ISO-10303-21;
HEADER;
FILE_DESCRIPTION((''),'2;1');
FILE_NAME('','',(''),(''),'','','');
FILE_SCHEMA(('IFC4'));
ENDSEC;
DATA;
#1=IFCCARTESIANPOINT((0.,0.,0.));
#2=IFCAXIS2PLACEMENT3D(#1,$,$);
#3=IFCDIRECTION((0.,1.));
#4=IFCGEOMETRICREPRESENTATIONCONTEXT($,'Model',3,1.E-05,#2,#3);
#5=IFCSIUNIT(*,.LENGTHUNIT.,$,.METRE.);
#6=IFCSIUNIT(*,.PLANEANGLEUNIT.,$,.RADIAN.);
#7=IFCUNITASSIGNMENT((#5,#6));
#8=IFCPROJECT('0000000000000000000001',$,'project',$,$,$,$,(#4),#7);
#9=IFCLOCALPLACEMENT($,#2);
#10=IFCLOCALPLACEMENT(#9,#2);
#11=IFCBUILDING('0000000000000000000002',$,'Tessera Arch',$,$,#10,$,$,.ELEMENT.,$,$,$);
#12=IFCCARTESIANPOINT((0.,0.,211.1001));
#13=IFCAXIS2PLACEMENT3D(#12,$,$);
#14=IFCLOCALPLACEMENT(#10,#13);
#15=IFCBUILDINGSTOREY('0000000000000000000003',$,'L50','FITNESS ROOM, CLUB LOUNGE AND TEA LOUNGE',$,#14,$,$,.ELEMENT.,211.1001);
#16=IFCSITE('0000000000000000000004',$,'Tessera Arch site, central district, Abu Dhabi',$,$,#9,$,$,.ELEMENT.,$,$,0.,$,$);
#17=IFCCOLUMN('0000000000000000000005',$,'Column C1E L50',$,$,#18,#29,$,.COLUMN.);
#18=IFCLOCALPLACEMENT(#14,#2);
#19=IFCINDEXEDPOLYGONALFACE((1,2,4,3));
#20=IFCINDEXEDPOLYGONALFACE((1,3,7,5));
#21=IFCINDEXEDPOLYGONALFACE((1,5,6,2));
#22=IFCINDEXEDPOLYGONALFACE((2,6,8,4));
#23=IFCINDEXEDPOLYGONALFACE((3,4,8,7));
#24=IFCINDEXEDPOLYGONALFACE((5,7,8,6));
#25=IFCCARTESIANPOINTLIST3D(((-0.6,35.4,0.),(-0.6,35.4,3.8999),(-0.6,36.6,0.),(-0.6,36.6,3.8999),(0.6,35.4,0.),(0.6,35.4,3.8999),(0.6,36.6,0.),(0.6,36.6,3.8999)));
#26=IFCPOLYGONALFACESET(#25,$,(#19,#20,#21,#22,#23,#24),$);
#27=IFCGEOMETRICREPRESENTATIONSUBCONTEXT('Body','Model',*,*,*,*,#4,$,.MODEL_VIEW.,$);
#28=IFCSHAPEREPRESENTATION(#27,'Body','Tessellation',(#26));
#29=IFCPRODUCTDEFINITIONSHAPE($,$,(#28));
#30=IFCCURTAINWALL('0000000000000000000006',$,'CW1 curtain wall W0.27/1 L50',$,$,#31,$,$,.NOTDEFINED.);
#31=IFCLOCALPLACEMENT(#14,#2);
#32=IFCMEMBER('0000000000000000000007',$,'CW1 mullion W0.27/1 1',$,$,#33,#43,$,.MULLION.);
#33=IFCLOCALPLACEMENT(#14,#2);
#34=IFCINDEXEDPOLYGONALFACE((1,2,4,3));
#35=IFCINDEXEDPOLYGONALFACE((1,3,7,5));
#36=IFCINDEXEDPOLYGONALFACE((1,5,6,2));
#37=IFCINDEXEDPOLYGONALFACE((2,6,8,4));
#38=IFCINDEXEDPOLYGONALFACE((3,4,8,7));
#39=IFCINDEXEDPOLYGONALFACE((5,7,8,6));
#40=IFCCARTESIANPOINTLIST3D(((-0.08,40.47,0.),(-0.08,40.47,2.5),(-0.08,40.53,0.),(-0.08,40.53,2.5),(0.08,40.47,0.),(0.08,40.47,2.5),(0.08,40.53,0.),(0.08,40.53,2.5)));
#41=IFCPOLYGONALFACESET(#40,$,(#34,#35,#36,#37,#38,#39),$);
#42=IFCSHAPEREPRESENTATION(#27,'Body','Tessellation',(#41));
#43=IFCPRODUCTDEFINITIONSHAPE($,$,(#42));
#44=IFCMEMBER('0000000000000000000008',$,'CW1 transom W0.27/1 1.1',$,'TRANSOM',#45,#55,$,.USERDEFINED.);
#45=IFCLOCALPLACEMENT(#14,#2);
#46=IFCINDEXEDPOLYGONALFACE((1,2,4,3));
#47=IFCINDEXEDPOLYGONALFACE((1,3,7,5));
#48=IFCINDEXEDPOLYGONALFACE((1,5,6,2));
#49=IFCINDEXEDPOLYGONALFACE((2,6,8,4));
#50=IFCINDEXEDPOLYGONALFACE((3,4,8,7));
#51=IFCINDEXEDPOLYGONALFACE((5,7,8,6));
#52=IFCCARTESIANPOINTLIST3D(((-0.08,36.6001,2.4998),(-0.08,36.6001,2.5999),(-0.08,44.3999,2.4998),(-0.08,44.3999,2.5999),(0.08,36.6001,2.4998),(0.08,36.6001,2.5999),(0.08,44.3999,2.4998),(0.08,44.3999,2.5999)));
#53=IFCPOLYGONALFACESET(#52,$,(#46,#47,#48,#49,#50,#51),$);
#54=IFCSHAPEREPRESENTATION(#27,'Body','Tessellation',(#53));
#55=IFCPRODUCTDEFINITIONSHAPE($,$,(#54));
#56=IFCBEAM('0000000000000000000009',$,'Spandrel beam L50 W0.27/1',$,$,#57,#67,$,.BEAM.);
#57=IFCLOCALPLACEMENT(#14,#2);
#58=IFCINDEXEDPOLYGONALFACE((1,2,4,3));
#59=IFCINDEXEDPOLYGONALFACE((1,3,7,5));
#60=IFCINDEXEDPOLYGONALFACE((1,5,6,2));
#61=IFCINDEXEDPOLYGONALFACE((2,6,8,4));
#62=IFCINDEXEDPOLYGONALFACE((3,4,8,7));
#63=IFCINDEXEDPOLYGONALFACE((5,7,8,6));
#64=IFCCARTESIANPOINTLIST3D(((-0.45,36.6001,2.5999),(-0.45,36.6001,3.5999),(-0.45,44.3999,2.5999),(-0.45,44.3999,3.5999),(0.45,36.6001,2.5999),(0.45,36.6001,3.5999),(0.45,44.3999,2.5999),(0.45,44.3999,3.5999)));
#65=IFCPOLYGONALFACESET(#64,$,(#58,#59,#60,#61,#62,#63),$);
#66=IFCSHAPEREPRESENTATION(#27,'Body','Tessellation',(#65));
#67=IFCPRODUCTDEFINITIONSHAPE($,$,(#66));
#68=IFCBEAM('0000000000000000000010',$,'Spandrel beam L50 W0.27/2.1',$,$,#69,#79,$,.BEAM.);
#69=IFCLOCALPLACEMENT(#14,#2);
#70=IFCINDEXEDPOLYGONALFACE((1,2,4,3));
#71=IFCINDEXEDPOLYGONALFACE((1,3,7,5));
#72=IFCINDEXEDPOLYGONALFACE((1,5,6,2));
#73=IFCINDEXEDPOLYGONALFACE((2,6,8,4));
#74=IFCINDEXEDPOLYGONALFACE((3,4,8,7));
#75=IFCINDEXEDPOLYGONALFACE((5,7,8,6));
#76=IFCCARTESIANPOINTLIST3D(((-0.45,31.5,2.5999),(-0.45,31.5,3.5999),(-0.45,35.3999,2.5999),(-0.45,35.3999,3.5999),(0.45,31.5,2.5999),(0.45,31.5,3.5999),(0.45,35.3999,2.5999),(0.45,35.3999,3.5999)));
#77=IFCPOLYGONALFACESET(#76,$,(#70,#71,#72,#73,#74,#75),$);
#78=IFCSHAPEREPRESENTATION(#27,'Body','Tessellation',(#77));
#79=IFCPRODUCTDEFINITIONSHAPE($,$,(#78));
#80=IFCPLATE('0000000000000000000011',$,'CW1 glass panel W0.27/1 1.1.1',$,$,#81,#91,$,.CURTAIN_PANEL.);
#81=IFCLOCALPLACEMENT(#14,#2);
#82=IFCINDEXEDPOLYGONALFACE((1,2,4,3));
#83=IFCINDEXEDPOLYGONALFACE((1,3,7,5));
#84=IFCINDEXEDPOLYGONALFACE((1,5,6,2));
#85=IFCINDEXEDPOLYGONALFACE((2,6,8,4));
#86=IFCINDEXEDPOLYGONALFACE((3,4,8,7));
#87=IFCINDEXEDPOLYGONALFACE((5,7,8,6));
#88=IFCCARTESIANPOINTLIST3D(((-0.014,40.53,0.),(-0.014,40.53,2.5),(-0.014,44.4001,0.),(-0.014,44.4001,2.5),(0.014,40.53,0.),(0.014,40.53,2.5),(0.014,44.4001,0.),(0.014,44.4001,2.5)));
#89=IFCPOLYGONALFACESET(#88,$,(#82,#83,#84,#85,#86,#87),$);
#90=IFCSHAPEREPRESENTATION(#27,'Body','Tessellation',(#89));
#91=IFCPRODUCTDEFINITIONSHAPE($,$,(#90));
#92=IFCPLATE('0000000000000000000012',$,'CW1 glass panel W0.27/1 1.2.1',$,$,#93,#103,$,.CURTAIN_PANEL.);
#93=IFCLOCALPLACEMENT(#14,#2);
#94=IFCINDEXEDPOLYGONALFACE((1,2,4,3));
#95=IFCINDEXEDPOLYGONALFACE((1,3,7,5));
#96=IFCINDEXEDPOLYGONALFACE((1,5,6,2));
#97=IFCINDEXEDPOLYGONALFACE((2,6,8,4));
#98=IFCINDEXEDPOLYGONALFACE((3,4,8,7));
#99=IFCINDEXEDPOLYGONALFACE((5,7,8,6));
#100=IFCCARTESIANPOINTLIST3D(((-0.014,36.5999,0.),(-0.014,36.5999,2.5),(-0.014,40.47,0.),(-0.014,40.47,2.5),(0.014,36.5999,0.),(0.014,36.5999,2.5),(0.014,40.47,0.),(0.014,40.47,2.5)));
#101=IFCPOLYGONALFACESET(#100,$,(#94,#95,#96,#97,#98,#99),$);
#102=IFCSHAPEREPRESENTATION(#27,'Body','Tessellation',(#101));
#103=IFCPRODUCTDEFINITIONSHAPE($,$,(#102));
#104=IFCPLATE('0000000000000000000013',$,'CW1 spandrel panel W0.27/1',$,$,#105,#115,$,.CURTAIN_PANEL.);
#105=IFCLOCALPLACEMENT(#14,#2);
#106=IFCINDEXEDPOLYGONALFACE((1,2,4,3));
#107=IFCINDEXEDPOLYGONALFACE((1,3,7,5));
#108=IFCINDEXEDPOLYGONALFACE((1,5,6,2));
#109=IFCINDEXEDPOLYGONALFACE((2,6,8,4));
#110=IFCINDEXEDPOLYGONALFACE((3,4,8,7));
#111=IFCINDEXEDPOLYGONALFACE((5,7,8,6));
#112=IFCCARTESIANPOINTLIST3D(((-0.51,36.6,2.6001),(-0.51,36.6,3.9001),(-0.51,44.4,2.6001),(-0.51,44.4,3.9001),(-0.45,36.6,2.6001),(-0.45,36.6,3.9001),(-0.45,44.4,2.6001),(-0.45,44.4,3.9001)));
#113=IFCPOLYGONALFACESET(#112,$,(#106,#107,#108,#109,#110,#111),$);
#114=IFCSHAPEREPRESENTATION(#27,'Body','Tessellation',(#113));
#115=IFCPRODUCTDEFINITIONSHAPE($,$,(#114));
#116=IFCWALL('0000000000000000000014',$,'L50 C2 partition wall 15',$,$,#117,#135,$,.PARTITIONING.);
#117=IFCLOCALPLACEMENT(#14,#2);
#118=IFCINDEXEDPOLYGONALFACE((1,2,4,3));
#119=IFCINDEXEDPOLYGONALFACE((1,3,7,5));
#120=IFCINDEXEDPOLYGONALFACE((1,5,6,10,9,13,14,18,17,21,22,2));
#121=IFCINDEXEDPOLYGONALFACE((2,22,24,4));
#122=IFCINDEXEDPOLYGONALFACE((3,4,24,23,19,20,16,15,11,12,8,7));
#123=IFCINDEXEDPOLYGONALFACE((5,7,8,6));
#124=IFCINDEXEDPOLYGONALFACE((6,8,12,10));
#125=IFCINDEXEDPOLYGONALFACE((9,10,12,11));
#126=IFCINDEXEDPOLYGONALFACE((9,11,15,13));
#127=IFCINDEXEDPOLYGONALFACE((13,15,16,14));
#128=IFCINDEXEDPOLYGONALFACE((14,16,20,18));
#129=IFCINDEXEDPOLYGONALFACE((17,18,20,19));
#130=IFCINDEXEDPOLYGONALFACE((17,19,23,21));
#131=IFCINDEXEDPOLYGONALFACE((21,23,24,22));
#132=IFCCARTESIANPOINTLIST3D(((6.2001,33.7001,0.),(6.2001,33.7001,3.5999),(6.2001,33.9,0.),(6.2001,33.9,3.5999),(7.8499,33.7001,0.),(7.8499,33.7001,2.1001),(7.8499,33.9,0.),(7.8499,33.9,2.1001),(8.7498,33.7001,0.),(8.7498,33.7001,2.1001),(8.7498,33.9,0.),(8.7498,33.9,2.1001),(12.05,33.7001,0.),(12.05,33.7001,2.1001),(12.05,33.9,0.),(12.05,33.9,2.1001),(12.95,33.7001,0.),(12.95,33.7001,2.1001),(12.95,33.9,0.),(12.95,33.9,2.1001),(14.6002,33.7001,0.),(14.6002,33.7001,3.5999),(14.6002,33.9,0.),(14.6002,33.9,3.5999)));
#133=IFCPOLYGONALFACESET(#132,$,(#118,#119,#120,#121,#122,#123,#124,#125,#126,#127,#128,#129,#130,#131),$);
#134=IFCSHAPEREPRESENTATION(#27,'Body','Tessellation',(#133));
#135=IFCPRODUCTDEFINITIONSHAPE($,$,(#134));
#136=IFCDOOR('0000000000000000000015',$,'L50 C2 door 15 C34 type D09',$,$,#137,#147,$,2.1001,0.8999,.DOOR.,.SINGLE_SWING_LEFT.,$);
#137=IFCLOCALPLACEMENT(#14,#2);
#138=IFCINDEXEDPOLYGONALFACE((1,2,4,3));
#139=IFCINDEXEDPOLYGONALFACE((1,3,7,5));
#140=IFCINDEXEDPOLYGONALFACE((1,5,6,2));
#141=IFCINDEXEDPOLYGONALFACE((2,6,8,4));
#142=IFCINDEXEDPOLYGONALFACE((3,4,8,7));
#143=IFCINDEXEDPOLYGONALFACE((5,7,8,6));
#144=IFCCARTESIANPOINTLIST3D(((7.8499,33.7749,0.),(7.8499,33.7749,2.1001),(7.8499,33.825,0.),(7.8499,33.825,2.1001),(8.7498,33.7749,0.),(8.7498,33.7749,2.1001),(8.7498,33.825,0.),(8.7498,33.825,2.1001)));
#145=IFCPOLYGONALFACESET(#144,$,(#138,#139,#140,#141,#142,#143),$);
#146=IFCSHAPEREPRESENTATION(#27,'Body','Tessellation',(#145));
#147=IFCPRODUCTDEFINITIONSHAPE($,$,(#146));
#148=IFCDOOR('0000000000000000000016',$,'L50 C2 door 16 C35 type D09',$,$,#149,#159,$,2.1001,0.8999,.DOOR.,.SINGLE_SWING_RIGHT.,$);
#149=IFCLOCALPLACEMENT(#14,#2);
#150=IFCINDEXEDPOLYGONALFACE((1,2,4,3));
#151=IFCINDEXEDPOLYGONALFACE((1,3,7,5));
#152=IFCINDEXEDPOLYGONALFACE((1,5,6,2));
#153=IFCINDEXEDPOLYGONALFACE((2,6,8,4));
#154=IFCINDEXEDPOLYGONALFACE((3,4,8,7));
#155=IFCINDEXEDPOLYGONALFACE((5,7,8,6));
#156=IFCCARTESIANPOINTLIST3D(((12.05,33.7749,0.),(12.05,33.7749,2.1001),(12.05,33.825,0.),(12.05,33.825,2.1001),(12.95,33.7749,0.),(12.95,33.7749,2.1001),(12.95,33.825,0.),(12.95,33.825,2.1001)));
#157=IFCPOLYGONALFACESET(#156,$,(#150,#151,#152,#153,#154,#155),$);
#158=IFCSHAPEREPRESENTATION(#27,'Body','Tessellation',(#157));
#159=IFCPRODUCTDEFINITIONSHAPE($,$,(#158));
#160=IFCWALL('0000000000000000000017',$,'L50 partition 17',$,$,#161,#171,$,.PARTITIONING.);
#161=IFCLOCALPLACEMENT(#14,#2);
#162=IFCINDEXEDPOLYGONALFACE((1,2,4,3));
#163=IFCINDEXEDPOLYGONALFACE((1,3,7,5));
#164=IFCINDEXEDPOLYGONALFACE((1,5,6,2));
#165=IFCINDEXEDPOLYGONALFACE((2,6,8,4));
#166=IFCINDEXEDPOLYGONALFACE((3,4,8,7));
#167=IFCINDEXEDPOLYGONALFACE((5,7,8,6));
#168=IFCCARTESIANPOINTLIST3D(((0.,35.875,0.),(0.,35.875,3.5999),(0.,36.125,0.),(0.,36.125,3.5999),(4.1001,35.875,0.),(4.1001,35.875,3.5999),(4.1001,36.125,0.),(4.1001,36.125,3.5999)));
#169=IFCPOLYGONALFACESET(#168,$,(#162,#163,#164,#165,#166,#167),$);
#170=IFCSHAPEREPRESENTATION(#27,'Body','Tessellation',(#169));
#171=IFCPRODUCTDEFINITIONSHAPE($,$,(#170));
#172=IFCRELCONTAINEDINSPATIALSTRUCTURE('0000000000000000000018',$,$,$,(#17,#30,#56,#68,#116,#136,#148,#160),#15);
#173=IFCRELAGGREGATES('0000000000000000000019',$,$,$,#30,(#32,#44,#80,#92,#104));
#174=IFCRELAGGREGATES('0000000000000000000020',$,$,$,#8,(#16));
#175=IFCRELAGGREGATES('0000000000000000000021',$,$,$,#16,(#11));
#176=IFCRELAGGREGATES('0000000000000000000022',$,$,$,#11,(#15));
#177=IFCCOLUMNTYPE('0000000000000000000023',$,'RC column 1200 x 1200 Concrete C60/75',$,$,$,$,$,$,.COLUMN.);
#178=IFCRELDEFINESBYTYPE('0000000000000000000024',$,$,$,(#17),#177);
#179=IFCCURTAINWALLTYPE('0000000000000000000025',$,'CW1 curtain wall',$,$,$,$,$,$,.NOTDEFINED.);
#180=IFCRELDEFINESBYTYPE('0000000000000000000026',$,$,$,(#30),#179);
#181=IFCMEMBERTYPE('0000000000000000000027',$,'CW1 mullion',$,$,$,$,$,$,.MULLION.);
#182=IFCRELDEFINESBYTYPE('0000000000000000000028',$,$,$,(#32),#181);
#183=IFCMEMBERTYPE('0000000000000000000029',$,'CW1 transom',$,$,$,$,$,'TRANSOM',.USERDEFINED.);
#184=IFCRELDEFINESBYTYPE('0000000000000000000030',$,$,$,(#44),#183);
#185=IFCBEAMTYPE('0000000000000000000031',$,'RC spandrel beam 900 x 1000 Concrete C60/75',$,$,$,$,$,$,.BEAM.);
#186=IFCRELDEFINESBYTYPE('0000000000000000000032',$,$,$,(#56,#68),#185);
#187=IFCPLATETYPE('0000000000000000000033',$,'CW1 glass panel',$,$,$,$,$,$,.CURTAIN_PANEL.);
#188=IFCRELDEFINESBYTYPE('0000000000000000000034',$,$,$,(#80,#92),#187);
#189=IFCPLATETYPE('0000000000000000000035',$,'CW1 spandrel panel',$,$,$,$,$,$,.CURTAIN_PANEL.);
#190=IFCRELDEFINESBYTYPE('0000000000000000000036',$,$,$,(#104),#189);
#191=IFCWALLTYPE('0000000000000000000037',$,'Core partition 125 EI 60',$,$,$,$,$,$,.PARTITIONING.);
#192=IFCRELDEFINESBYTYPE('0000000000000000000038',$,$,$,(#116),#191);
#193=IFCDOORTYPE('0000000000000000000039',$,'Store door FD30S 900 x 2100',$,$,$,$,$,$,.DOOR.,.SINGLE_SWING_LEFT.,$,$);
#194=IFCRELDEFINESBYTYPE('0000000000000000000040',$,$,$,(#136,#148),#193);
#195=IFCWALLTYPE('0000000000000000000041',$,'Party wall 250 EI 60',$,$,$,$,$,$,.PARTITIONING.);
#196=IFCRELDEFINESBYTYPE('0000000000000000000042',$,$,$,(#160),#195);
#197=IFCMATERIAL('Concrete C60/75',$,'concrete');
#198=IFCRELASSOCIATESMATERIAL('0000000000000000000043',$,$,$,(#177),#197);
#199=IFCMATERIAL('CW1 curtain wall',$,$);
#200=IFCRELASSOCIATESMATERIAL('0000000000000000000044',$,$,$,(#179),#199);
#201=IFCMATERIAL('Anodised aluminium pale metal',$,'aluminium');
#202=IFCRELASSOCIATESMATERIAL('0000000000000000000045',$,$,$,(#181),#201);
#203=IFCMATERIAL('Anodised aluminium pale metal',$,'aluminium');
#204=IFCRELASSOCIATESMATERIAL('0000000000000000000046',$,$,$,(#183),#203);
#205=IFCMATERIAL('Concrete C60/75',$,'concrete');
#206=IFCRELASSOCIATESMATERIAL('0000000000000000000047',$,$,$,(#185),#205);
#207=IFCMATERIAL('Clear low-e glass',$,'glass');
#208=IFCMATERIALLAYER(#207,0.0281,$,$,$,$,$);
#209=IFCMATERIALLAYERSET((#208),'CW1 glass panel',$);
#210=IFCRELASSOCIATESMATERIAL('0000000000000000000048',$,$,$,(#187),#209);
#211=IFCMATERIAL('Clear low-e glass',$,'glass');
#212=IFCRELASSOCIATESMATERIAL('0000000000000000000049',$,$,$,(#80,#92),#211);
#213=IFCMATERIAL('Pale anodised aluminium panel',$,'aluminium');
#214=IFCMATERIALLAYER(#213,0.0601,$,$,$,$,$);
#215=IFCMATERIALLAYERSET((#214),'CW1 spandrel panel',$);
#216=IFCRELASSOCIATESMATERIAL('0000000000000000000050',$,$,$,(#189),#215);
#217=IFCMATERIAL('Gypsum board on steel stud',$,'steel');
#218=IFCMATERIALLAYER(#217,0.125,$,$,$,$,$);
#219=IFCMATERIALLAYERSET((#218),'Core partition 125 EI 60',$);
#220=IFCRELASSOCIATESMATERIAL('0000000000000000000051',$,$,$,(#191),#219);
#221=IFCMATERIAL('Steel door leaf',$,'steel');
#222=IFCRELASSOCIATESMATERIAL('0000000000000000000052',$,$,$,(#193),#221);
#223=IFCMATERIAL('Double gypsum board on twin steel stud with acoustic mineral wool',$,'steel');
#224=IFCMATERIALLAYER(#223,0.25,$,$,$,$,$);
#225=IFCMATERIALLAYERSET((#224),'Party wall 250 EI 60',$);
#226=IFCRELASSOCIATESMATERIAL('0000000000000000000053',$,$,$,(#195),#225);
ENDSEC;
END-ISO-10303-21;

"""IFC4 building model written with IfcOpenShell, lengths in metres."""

from ifc_helpers import new_model, si_unit, direction, frame, frame_2d, origin, origin_2d, place, context, subcontext, project, spatial, rectangle, extrude, material, layer, layer_set, material_profile, profile_set, type_object, element, fill, aggregate, save


model = new_model("IFC4")

# Units and contexts
model_context = context("Model", 3, precision=1e-05, world=origin(), true_north=direction((0.0, 1.0)))
body_context = subcontext(model_context, "Body", "Model", "MODEL_VIEW")
ifc_project = project(units=[si_unit("LENGTHUNIT", "METRE"), si_unit("PLANEANGLEUNIT", "RADIAN")], contexts=[model_context])

# Site, building, storey
site_placement = place(None, origin())
site = spatial("IfcSite", under=ifc_project, at=site_placement, Name="Tessera Arch site, central district, Abu Dhabi", CompositionType="ELEMENT", RefElevation=0.0)
building_placement = place(site_placement, origin())
building = spatial("IfcBuilding", under=site, at=building_placement, Name="Tessera Arch", CompositionType="ELEMENT")
storey_placement = place(building_placement, frame((0.0, 0.0, 211.1001)))
storey = spatial("IfcBuildingStorey", under=building, at=storey_placement, Name="L50", Description="FITNESS ROOM, CLUB LOUNGE AND TEA LOUNGE", CompositionType="ELEMENT", Elevation=211.1001)

# Column
ifc_material_1 = material(Name="Concrete C60/75", Category="concrete")
ifc_material_profile_1 = material_profile(ifc_material_1, rectangle(XDim=1.2, YDim=1.2, at=origin_2d()), Name="RC column 1200 x 1200 Concrete C60/75")
ifc_profile_set_1 = profile_set([ifc_material_profile_1], Name="Concrete C60/75")
column_type = type_object("IfcColumnType", Name="RC column 1200 x 1200 Concrete C60/75", PredefinedType="COLUMN", material=ifc_profile_set_1)
column_placement = place(storey_placement, frame((0.0, 36.0, 0.0), z_axis=(0.0, 0.0, 1.0), x_axis=(1.0, 0.0, 0.0)))
element("IfcColumn", 1, at=column_placement, inside=storey, type_object=column_type, Name="Column C1E L50", PredefinedType="COLUMN", context=body_context, shape_type="SweptSolid", body=[
    extrude(rectangle(XDim=1.2, YDim=1.2, at=origin_2d()), origin(), (0.0, 0.0, 1.0), 3.8999),
])

# Curtain wall, members
ifc_material_2 = material(Name="CW1 curtain wall")
curtain_wall_type = type_object("IfcCurtainWallType", Name="CW1 curtain wall", PredefinedType="NOTDEFINED", material=ifc_material_2)
curtain_wall_placement = place(storey_placement, origin())
curtain_wall = element("IfcCurtainWall", 2, at=curtain_wall_placement, inside=storey, type_object=curtain_wall_type, Name="CW1 curtain wall W0.27/1 L50", PredefinedType="NOTDEFINED")
ifc_material_3 = material(Name="Anodised aluminium pale metal", Category="aluminium")
ifc_material_profile_2 = material_profile(ifc_material_3, rectangle(XDim=0.1599, YDim=0.0601, at=origin_2d()), Name="AL 60x160")
ifc_profile_set_2 = profile_set([ifc_material_profile_2], Name="Anodised aluminium pale metal")
member_type_1 = type_object("IfcMemberType", Name="CW1 mullion", PredefinedType="MULLION", material=ifc_profile_set_2)
member_1_placement = place(storey_placement, frame((0.0, 40.5, 0.0), z_axis=(0.0, 0.0, 1.0), x_axis=(1.0, 0.0, 0.0)))
member_1 = element("IfcMember", 3, at=member_1_placement, type_object=member_type_1, Name="CW1 mullion W0.27/1 1", PredefinedType="MULLION", context=body_context, shape_type="SweptSolid", body=[
    extrude(rectangle(XDim=0.1599, YDim=0.0601, at=origin_2d()), origin(), (0.0, 0.0, 1.0), 2.5),
])
ifc_material_4 = material(Name="Anodised aluminium pale metal", Category="aluminium")
ifc_material_profile_3 = material_profile(ifc_material_4, rectangle(XDim=0.1599, YDim=0.1001, at=origin_2d()), Name="AL 160x100")
ifc_profile_set_3 = profile_set([ifc_material_profile_3], Name="Anodised aluminium pale metal")
member_type_2 = type_object("IfcMemberType", Name="CW1 transom", ElementType="TRANSOM", PredefinedType="USERDEFINED", material=ifc_profile_set_3)
member_2_placement = place(storey_placement, frame((0.0, 44.3999, 2.5498), z_axis=(0.0, -1.0, 0.0), x_axis=(1.0, 0.0, 0.0)))
member_2 = element("IfcMember", 4, at=member_2_placement, type_object=member_type_2, Name="CW1 transom W0.27/1 1.1", ObjectType="TRANSOM", PredefinedType="USERDEFINED", context=body_context, shape_type="SweptSolid", body=[
    extrude(rectangle(XDim=0.1599, YDim=0.1001, at=origin_2d()), origin(), (0.0, 0.0, 1.0), 7.7998),
])

# Beams
ifc_material_5 = material(Name="Concrete C60/75", Category="concrete")
ifc_material_profile_4 = material_profile(ifc_material_5, rectangle(XDim=0.8999, YDim=1.0, at=origin_2d()), Name="RC spandrel beam 900 x 1000 Concrete C60/75")
ifc_profile_set_4 = profile_set([ifc_material_profile_4], Name="Concrete C60/75")
beam_type = type_object("IfcBeamType", Name="RC spandrel beam 900 x 1000 Concrete C60/75", PredefinedType="BEAM", material=ifc_profile_set_4)
beam_1_placement = place(storey_placement, frame((0.0, 44.3999, 3.0999), z_axis=(0.0, -1.0, 0.0), x_axis=(1.0, 0.0, 0.0)))
element("IfcBeam", 5, at=beam_1_placement, inside=storey, type_object=beam_type, Name="Spandrel beam L50 W0.27/1", PredefinedType="BEAM", context=body_context, shape_type="SweptSolid", body=[
    extrude(rectangle(XDim=0.8999, YDim=1.0, at=origin_2d()), origin(), (0.0, 0.0, 1.0), 7.7998),
])
beam_2_placement = place(storey_placement, frame((0.0, 35.3999, 3.0999), z_axis=(0.0, -1.0, 0.0), x_axis=(1.0, 0.0, 0.0)))
element("IfcBeam", 6, at=beam_2_placement, inside=storey, type_object=beam_type, Name="Spandrel beam L50 W0.27/2.1", PredefinedType="BEAM", context=body_context, shape_type="SweptSolid", body=[
    extrude(rectangle(XDim=0.8999, YDim=1.0, at=origin_2d()), origin(), (0.0, 0.0, 1.0), 3.8999),
])

# Plates
ifc_material_6 = material(Name="Clear low-e glass", Category="glass")
ifc_material_7 = material(Name="Clear low-e glass", Category="glass")
ifc_layer_1 = layer(ifc_material_7, 0.0281)
ifc_layer_set_1 = layer_set([ifc_layer_1], Name="CW1 glass panel")
plate_type_1 = type_object("IfcPlateType", Name="CW1 glass panel", PredefinedType="CURTAIN_PANEL", material=ifc_layer_set_1)
plate_1_placement = place(storey_placement, frame((0.0, 42.4651, 0.0), z_axis=(0.0, 0.0, 1.0), x_axis=(0.0, -1.0, 0.0)))
plate_1 = element("IfcPlate", 7, at=plate_1_placement, type_object=plate_type_1, material=ifc_material_6, Name="CW1 glass panel W0.27/1 1.1.1", PredefinedType="CURTAIN_PANEL", context=body_context, shape_type="SweptSolid", body=[
    extrude(rectangle(XDim=3.8701, YDim=0.0281, at=origin_2d()), origin(), (0.0, 0.0, 1.0), 2.5),
])
plate_2_placement = place(storey_placement, frame((0.0, 38.5349, 0.0), z_axis=(0.0, 0.0, 1.0), x_axis=(0.0, -1.0, 0.0)))
plate_2 = element("IfcPlate", 8, at=plate_2_placement, type_object=plate_type_1, material=ifc_material_6, Name="CW1 glass panel W0.27/1 1.2.1", PredefinedType="CURTAIN_PANEL", context=body_context, shape_type="SweptSolid", body=[
    extrude(rectangle(XDim=3.8701, YDim=0.0281, at=origin_2d()), origin(), (0.0, 0.0, 1.0), 2.5),
])
ifc_material_8 = material(Name="Pale anodised aluminium panel", Category="aluminium")
ifc_layer_2 = layer(ifc_material_8, 0.0601)
ifc_layer_set_2 = layer_set([ifc_layer_2], Name="CW1 spandrel panel")
plate_type_2 = type_object("IfcPlateType", Name="CW1 spandrel panel", PredefinedType="CURTAIN_PANEL", material=ifc_layer_set_2)
plate_3_placement = place(storey_placement, frame((-0.48, 40.5, 2.6001), z_axis=(0.0, 0.0, 1.0), x_axis=(0.0, -1.0, 0.0)))
plate_3 = element("IfcPlate", 9, at=plate_3_placement, type_object=plate_type_2, Name="CW1 spandrel panel W0.27/1", PredefinedType="CURTAIN_PANEL", context=body_context, shape_type="SweptSolid", body=[
    extrude(rectangle(XDim=7.8, YDim=0.0601, at=origin_2d()), origin(), (0.0, 0.0, 1.0), 1.3),
])
aggregate(curtain_wall, [member_1, member_2, plate_1, plate_2, plate_3])

# Wall, openings, doors
ifc_material_9 = material(Name="Gypsum board on steel stud", Category="steel")
ifc_layer_3 = layer(ifc_material_9, 0.125)
ifc_layer_set_3 = layer_set([ifc_layer_3], Name="Core partition 125 EI 60")
wall_type_1 = type_object("IfcWallType", Name="Core partition 125 EI 60", PredefinedType="PARTITIONING", material=ifc_layer_set_3)
wall_1_placement = place(storey_placement, frame((6.2, 33.8, 0.0), z_axis=(0.0, 0.0, 1.0), x_axis=(1.0, 0.0, 0.0)))
wall_1 = element("IfcWall", 10, at=wall_1_placement, inside=storey, type_object=wall_type_1, Name="L50 C2 partition wall 15", PredefinedType="PARTITIONING", context=body_context, shape_type="SweptSolid", body=[
    extrude(rectangle(XDim=8.4001, YDim=0.2, at=frame_2d((4.2002, 0.0))), origin(), (0.0, 0.0, 1.0), 3.5999),
])
opening_1_placement = place(wall_1_placement, frame((1.6499, 0.0, 0.0)))
opening_1 = element("IfcOpeningElement", 11, at=opening_1_placement, cuts=wall_1, PredefinedType="OPENING", context=body_context, shape_type="SweptSolid", body=[
    extrude(rectangle(XDim=0.8999, YDim=2.1001, at=frame_2d((0.45, 1.05))), frame((0.0, 0.1099, 0.0), z_axis=(0.0, -1.0, 0.0), x_axis=(1.0, 0.0, 0.0)), (0.0, 0.0, 1.0), 0.22),
])
opening_2_placement = place(wall_1_placement, frame((5.8501, 0.0, 0.0)))
opening_2 = element("IfcOpeningElement", 12, at=opening_2_placement, cuts=wall_1, PredefinedType="OPENING", context=body_context, shape_type="SweptSolid", body=[
    extrude(rectangle(XDim=0.8999, YDim=2.1001, at=frame_2d((0.45, 1.05))), frame((0.0, 0.1099, 0.0), z_axis=(0.0, -1.0, 0.0), x_axis=(1.0, 0.0, 0.0)), (0.0, 0.0, 1.0), 0.22),
])
ifc_material_10 = material(Name="Steel door leaf", Category="steel")
door_type_1 = type_object("IfcDoorType", Name="Store door FD30S 900 x 2100", OperationType="SINGLE_SWING_LEFT", PredefinedType="DOOR", material=ifc_material_10)
door_1_placement = place(opening_1_placement, origin())
door_1 = element("IfcDoor", 13, at=door_1_placement, inside=storey, type_object=door_type_1, Name="L50 C2 door 15 C34 type D09", OperationType="SINGLE_SWING_LEFT", OverallHeight=2.1001, OverallWidth=0.8999, PredefinedType="DOOR", context=body_context, shape_type="SweptSolid", body=[
    extrude(rectangle(XDim=0.8999, YDim=2.1001, at=frame_2d((0.45, 1.05))), frame((0.0, 0.0249, 0.0), z_axis=(0.0, -1.0, 0.0), x_axis=(1.0, 0.0, 0.0)), (0.0, 0.0, 1.0), 0.05),
])
fill(opening_1, door_1)
door_2_placement = place(opening_2_placement, origin())
door_2 = element("IfcDoor", 14, at=door_2_placement, inside=storey, type_object=door_type_1, Name="L50 C2 door 16 C35 type D09", OperationType="SINGLE_SWING_RIGHT", OverallHeight=2.1001, OverallWidth=0.8999, PredefinedType="DOOR", context=body_context, shape_type="SweptSolid", body=[
    extrude(rectangle(XDim=0.8999, YDim=2.1001, at=frame_2d((0.45, 1.05))), frame((0.0, 0.0249, 0.0), z_axis=(0.0, -1.0, 0.0), x_axis=(1.0, 0.0, 0.0)), (0.0, 0.0, 1.0), 0.05),
])
fill(opening_2, door_2)

# Wall
ifc_material_11 = material(Name="Double gypsum board on twin steel stud with acoustic mineral wool", Category="steel")
ifc_layer_4 = layer(ifc_material_11, 0.25)
ifc_layer_set_4 = layer_set([ifc_layer_4], Name="Party wall 250 EI 60")
wall_type_2 = type_object("IfcWallType", Name="Party wall 250 EI 60", PredefinedType="PARTITIONING", material=ifc_layer_set_4)
wall_2_placement = place(storey_placement, frame((0.0, 36.0, 0.0), z_axis=(0.0, 0.0, 1.0), x_axis=(1.0, 0.0, 0.0)))
element("IfcWall", 15, at=wall_2_placement, inside=storey, type_object=wall_type_2, Name="L50 partition 17", PredefinedType="PARTITIONING", context=body_context, shape_type="SweptSolid", body=[
    extrude(rectangle(XDim=4.1001, YDim=0.25, at=frame_2d((2.05, 0.0))), origin(), (0.0, 0.0, 1.0), 3.5999),
])

save(model, "model.ifc")
